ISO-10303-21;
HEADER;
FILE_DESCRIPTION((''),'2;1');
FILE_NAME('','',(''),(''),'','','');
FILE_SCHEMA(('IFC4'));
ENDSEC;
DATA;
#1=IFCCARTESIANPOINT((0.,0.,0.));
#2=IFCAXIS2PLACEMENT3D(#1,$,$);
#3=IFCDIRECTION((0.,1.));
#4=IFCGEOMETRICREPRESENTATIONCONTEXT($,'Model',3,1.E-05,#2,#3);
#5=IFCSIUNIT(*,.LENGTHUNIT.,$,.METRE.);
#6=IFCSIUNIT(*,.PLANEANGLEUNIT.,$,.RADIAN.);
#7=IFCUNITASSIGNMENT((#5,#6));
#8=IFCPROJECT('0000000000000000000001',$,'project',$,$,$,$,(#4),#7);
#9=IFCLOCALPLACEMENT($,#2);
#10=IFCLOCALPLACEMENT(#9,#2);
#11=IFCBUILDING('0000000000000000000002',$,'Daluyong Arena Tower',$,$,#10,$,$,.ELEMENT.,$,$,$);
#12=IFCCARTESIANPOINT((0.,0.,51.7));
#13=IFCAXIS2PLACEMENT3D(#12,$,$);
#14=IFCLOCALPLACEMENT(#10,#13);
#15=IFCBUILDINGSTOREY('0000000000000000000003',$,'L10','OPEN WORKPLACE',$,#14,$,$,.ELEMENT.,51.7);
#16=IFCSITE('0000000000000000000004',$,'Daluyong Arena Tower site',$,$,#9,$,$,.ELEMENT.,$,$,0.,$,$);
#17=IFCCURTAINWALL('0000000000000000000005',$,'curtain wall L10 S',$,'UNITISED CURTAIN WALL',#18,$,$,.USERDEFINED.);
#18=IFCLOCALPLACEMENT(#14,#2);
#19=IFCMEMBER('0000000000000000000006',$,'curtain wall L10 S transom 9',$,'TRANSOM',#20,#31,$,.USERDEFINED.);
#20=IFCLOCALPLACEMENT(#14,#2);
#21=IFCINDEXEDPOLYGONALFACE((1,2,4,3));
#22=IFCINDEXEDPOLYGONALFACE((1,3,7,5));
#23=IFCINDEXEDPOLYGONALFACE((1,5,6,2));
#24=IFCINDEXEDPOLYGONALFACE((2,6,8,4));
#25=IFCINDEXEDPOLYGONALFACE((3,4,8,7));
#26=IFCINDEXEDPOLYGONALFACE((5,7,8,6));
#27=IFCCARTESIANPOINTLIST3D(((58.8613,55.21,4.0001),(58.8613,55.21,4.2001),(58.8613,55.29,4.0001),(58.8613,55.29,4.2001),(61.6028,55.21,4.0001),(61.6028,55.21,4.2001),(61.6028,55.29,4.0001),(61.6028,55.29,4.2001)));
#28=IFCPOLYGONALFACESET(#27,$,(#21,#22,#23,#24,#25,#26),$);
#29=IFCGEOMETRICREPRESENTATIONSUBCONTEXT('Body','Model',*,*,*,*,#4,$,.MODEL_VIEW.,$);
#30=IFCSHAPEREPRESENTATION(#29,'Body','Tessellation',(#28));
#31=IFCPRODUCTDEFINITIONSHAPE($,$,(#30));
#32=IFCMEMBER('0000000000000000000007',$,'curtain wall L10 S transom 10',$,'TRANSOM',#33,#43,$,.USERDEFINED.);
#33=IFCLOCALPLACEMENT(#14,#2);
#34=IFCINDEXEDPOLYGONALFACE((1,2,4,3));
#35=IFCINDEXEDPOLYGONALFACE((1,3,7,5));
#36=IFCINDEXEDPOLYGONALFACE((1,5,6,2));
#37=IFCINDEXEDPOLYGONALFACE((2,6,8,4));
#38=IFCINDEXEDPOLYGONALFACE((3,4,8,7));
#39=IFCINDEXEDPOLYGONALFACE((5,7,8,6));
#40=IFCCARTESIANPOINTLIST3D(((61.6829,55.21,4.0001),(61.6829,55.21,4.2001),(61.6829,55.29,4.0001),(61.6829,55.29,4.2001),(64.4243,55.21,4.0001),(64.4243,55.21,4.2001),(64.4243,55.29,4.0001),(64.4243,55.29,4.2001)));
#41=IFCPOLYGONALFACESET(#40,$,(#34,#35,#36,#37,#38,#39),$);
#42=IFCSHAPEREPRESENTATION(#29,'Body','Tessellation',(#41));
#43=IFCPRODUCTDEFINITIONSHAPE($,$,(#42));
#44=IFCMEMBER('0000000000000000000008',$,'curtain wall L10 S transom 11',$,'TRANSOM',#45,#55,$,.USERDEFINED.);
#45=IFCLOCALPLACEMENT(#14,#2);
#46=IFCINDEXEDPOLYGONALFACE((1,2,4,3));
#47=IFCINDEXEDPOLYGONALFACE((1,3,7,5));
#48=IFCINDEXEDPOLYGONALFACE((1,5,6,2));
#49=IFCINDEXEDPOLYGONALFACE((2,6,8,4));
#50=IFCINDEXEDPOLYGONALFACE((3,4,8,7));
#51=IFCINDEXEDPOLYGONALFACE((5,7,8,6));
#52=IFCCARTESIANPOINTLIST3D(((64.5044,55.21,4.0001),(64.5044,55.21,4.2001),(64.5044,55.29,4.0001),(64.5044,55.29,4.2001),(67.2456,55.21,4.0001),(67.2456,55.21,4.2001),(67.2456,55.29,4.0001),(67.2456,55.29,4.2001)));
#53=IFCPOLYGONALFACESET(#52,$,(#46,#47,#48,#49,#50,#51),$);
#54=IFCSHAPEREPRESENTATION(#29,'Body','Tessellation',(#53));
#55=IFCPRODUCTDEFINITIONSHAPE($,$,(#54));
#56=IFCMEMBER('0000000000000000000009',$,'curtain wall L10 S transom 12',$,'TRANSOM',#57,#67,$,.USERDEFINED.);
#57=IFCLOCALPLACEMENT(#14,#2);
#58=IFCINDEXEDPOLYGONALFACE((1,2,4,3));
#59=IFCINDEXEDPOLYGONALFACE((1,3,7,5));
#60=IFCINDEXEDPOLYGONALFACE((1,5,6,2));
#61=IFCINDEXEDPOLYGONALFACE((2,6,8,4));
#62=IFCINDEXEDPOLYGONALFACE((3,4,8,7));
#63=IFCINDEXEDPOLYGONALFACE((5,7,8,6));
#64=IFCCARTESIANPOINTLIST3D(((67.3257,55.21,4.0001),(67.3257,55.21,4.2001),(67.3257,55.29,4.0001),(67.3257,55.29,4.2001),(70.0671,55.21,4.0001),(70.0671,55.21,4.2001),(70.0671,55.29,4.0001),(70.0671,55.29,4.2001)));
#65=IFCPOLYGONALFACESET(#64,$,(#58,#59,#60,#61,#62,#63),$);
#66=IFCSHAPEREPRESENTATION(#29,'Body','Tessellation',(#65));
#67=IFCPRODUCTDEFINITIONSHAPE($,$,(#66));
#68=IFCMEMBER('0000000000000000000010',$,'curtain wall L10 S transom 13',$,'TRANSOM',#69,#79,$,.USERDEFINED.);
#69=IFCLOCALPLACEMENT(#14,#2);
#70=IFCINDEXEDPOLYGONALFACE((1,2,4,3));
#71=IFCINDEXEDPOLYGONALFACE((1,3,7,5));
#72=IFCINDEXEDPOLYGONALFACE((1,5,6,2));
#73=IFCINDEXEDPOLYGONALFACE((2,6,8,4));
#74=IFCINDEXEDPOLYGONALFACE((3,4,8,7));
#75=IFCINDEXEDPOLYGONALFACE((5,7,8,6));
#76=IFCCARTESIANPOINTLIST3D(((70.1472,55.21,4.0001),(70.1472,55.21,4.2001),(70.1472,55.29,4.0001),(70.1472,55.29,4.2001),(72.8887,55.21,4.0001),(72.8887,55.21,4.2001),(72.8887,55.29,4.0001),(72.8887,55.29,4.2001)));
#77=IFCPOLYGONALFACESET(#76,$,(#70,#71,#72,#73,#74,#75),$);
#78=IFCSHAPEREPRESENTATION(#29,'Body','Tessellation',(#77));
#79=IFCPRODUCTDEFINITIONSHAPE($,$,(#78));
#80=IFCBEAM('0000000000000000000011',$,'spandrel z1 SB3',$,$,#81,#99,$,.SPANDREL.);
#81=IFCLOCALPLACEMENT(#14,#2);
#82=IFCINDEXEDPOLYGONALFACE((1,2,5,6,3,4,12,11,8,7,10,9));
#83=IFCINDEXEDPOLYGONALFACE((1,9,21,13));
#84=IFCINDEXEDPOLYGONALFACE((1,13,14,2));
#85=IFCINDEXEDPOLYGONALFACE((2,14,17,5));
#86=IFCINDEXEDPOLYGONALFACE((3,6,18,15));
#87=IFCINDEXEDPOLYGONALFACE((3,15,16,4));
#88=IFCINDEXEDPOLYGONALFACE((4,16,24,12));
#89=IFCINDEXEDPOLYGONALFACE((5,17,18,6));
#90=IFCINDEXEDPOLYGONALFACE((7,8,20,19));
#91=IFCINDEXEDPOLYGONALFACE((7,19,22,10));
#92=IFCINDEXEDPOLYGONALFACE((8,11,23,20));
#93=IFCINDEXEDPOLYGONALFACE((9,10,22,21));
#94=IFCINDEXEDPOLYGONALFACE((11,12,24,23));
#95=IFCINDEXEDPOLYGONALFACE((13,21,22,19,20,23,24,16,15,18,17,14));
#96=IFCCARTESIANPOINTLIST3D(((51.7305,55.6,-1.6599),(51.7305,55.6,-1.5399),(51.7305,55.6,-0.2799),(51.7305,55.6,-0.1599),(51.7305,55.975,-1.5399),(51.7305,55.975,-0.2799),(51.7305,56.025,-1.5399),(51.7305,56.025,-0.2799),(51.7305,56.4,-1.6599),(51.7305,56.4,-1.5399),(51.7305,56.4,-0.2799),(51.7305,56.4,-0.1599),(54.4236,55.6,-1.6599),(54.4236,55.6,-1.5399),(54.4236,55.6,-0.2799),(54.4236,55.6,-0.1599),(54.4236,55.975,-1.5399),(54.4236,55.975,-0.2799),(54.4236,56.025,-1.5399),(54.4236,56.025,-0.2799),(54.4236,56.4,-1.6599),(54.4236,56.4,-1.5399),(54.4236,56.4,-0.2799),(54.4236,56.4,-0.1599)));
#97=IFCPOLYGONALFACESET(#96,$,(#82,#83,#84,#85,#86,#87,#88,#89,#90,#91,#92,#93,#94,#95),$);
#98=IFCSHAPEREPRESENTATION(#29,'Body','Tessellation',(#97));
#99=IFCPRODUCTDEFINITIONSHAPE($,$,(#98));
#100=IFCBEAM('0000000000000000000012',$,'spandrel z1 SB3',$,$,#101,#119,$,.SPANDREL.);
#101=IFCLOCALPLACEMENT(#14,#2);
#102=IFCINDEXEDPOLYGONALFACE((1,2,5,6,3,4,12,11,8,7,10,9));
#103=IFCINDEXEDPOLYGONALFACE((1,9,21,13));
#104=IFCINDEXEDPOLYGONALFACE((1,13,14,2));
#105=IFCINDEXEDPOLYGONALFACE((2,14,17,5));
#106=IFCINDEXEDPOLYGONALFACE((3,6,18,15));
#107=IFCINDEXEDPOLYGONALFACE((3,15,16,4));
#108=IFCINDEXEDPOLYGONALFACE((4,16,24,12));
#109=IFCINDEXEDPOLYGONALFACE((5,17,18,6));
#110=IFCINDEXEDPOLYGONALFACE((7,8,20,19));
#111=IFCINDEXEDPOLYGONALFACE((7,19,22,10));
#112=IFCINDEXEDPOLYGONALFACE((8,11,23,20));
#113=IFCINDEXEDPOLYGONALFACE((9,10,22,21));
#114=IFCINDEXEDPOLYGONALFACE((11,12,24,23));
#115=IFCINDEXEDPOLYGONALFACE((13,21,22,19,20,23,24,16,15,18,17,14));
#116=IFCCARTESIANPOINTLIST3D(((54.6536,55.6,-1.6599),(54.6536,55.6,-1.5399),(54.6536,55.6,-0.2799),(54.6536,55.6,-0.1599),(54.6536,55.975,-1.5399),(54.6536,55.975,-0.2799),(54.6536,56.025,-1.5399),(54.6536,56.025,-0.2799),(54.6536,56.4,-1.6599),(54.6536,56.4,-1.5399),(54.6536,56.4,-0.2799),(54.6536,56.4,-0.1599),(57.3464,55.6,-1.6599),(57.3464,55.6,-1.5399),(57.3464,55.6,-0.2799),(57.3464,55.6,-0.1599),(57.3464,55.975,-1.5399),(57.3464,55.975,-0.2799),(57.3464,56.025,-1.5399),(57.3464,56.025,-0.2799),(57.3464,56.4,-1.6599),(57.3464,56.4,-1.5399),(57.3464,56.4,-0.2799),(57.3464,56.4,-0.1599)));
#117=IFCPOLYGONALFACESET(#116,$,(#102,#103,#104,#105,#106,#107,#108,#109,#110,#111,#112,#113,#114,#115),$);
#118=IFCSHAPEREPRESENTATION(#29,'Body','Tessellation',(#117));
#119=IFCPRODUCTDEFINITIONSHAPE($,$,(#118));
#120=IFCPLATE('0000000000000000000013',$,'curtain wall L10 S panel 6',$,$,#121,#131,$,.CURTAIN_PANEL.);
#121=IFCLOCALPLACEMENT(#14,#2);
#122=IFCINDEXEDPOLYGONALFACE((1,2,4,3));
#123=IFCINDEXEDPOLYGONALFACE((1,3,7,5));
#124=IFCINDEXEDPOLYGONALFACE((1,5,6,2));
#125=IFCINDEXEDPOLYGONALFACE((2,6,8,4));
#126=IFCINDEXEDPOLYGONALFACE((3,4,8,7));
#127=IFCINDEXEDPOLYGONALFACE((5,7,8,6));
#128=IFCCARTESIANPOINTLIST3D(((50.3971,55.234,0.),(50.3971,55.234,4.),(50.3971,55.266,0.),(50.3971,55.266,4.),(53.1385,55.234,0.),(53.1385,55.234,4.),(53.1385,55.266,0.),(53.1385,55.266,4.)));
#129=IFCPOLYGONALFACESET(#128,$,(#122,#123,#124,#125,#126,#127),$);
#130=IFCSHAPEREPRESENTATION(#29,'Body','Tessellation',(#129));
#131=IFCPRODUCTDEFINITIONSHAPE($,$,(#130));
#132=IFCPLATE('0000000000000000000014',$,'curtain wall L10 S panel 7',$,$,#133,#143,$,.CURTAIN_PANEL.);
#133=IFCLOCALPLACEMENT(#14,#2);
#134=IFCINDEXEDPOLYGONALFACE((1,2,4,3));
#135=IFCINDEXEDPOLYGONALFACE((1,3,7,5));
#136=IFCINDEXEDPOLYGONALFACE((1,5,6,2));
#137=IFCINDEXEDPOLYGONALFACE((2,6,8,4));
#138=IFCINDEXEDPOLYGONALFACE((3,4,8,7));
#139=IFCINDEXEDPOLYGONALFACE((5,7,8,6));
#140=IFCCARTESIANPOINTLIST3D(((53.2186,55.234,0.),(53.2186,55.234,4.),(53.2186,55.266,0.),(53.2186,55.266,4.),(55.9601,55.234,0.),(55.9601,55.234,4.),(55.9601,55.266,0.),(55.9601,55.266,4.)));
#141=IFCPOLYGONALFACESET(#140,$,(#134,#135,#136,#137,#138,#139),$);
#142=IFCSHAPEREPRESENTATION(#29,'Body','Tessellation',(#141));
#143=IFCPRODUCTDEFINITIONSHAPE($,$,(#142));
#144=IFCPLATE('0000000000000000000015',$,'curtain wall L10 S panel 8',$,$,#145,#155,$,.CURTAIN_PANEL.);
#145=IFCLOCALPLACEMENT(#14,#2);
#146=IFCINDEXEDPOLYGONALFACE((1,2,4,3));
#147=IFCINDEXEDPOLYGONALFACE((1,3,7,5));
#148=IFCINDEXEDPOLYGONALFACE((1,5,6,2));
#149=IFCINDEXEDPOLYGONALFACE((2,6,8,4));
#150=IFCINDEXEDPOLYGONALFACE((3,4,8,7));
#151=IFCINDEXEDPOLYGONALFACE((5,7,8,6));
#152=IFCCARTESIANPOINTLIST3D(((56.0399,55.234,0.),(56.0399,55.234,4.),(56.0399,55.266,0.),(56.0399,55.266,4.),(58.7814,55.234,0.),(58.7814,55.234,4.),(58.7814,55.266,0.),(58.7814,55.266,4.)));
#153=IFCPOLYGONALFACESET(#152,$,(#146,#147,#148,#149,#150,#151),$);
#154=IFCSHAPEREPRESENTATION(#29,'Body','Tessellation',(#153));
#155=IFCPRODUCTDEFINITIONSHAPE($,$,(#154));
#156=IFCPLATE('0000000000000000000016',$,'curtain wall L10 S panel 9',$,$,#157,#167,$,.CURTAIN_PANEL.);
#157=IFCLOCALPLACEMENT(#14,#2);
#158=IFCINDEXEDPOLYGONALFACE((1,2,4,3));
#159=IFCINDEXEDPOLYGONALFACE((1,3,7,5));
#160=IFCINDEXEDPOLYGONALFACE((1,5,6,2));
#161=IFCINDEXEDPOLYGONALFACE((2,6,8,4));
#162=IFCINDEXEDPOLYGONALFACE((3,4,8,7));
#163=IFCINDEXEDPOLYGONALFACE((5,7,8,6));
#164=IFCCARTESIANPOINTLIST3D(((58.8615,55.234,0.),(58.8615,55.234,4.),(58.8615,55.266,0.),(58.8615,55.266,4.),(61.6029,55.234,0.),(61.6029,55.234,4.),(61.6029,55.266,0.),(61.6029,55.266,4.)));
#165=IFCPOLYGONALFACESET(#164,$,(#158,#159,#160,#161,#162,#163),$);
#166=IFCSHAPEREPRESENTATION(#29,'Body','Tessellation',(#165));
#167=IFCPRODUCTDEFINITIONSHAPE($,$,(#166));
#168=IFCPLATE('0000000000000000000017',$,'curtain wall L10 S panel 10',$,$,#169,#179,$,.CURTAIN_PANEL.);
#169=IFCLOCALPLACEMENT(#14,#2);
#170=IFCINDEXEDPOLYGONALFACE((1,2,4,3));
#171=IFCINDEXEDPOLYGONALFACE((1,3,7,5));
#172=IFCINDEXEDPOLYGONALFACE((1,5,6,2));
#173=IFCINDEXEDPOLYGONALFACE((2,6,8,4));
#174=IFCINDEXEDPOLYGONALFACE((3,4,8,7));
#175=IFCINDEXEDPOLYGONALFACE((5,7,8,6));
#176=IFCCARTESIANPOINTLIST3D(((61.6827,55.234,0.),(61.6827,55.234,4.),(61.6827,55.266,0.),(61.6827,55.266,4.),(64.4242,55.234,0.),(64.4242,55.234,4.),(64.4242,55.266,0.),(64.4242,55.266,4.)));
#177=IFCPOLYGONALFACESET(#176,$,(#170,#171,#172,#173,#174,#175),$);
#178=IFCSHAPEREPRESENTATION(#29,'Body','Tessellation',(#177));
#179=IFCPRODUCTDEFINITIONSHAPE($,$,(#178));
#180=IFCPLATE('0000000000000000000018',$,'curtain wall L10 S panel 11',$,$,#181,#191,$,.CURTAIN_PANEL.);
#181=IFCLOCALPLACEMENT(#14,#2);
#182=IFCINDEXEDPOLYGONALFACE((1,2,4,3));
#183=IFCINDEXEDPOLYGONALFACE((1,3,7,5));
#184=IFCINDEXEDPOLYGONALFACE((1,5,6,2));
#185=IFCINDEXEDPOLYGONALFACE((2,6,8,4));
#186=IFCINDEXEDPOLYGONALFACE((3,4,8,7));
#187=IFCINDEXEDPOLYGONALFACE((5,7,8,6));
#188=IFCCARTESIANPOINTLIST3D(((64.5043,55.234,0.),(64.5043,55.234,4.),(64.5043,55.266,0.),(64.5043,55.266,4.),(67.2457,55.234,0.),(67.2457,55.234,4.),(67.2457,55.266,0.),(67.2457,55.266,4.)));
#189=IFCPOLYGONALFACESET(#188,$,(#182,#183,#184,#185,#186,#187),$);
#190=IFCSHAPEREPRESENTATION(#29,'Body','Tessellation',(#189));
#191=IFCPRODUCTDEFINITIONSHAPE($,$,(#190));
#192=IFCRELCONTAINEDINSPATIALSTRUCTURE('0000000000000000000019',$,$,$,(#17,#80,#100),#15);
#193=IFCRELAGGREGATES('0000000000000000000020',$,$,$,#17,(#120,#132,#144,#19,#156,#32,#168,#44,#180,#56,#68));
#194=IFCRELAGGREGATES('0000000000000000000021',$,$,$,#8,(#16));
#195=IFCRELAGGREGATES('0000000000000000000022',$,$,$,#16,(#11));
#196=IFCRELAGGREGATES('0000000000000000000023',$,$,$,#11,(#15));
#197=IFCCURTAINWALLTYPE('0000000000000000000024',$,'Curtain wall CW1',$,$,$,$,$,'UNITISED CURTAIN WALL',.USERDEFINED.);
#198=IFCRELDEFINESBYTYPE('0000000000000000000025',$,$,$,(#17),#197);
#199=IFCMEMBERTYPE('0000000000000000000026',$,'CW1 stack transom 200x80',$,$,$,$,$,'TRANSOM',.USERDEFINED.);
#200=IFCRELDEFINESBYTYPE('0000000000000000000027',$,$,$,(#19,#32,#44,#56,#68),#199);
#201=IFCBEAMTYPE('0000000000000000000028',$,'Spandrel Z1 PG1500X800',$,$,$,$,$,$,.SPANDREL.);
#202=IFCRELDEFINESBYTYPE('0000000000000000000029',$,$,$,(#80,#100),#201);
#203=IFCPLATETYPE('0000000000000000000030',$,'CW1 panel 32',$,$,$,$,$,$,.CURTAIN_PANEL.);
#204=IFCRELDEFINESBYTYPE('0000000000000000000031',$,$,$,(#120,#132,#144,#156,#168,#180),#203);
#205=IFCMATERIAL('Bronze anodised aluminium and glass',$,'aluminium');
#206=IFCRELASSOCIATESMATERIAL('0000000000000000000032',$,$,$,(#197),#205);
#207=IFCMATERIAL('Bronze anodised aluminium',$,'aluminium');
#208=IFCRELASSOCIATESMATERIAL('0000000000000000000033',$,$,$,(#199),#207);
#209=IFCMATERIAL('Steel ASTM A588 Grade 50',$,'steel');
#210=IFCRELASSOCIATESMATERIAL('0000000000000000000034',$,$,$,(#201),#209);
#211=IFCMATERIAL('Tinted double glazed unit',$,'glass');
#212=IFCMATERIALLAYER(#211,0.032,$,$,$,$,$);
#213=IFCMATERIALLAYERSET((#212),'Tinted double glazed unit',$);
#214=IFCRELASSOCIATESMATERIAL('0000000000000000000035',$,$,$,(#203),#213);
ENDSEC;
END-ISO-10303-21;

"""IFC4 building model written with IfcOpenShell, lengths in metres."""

from ifc_helpers import new_model, si_unit, direction, frame, origin, origin_2d, place, context, subcontext, project, spatial, rectangle, i_section, extrude, material, layer, layer_set, material_profile, profile_set, type_object, element, aggregate, save


model = new_model("IFC4")

# Units and contexts
model_context = context("Model", 3, precision=1e-05, world=origin(), true_north=direction((0.0, 1.0)))
body_context = subcontext(model_context, "Body", "Model", "MODEL_VIEW")
ifc_project = project(units=[si_unit("LENGTHUNIT", "METRE"), si_unit("PLANEANGLEUNIT", "RADIAN")], contexts=[model_context])

# Site, building, storey
site_placement = place(None, origin())
site = spatial("IfcSite", under=ifc_project, at=site_placement, Name="Daluyong Arena Tower site", CompositionType="ELEMENT", RefElevation=0.0)
building_placement = place(site_placement, origin())
building = spatial("IfcBuilding", under=site, at=building_placement, Name="Daluyong Arena Tower", CompositionType="ELEMENT")
storey_placement = place(building_placement, frame((0.0, 0.0, 51.7)))
storey = spatial("IfcBuildingStorey", under=building, at=storey_placement, Name="L10", Description="OPEN WORKPLACE", CompositionType="ELEMENT", Elevation=51.7)

# Curtain wall, members
ifc_material_1 = material(Name="Bronze anodised aluminium and glass", Category="aluminium")
curtain_wall_type = type_object("IfcCurtainWallType", Name="Curtain wall CW1", ElementType="UNITISED CURTAIN WALL", PredefinedType="USERDEFINED", material=ifc_material_1)
curtain_wall_placement = place(storey_placement, origin())
curtain_wall = element("IfcCurtainWall", 1, at=curtain_wall_placement, inside=storey, type_object=curtain_wall_type, Name="curtain wall L10 S", ObjectType="UNITISED CURTAIN WALL", PredefinedType="USERDEFINED")
ifc_material_2 = material(Name="Bronze anodised aluminium", Category="aluminium")
ifc_material_profile_1 = material_profile(ifc_material_2, rectangle(XDim=0.0801, YDim=0.2, at=origin_2d()))
ifc_profile_set_1 = profile_set([ifc_material_profile_1], Name="Bronze anodised aluminium")
member_type_1 = type_object("IfcMemberType", Name="CW1 stack transom 200x80", ElementType="TRANSOM", PredefinedType="USERDEFINED", material=ifc_profile_set_1)
member_1_placement = place(storey_placement, frame((58.8613, 55.25, 4.1001), z_axis=(1.0, 0.0, 0.0), x_axis=(0.0, 1.0, 0.0)))
member_1 = element("IfcMember", 2, at=member_1_placement, type_object=member_type_1, Name="curtain wall L10 S transom 9", ObjectType="TRANSOM", PredefinedType="USERDEFINED", context=body_context, shape_type="SweptSolid", body=[
    extrude(rectangle(XDim=0.0801, YDim=0.2, at=origin_2d()), origin(), (0.0, 0.0, 1.0), 2.7415),
])
member_2_placement = place(storey_placement, frame((61.6829, 55.25, 4.1001), z_axis=(1.0, 0.0, 0.0), x_axis=(0.0, 1.0, 0.0)))
member_2 = element("IfcMember", 3, at=member_2_placement, type_object=member_type_1, Name="curtain wall L10 S transom 10", ObjectType="TRANSOM", PredefinedType="USERDEFINED", context=body_context, shape_type="SweptSolid", body=[
    extrude(rectangle(XDim=0.0801, YDim=0.2, at=origin_2d()), origin(), (0.0, 0.0, 1.0), 2.7415),
])
member_3_placement = place(storey_placement, frame((64.5044, 55.25, 4.1001), z_axis=(1.0, 0.0, 0.0), x_axis=(0.0, 1.0, 0.0)))
member_3 = element("IfcMember", 4, at=member_3_placement, type_object=member_type_1, Name="curtain wall L10 S transom 11", ObjectType="TRANSOM", PredefinedType="USERDEFINED", context=body_context, shape_type="SweptSolid", body=[
    extrude(rectangle(XDim=0.0801, YDim=0.2, at=origin_2d()), origin(), (0.0, 0.0, 1.0), 2.7412),
])
member_4_placement = place(storey_placement, frame((67.3257, 55.25, 4.1001), z_axis=(1.0, 0.0, 0.0), x_axis=(0.0, 1.0, 0.0)))
member_4 = element("IfcMember", 5, at=member_4_placement, type_object=member_type_1, Name="curtain wall L10 S transom 12", ObjectType="TRANSOM", PredefinedType="USERDEFINED", context=body_context, shape_type="SweptSolid", body=[
    extrude(rectangle(XDim=0.0801, YDim=0.2, at=origin_2d()), origin(), (0.0, 0.0, 1.0), 2.7415),
])
member_5_placement = place(storey_placement, frame((70.1472, 55.25, 4.1001), z_axis=(1.0, 0.0, 0.0), x_axis=(0.0, 1.0, 0.0)))
member_5 = element("IfcMember", 6, at=member_5_placement, type_object=member_type_1, Name="curtain wall L10 S transom 13", ObjectType="TRANSOM", PredefinedType="USERDEFINED", context=body_context, shape_type="SweptSolid", body=[
    extrude(rectangle(XDim=0.0801, YDim=0.2, at=origin_2d()), origin(), (0.0, 0.0, 1.0), 2.7415),
])

# Beams
ifc_material_3 = material(Name="Steel ASTM A588 Grade 50", Category="steel")
ifc_material_profile_2 = material_profile(ifc_material_3, i_section(OverallWidth=0.8, OverallDepth=1.5, WebThickness=0.05, FlangeThickness=0.12, at=origin_2d()))
ifc_profile_set_2 = profile_set([ifc_material_profile_2], Name="Steel ASTM A588 Grade 50")
beam_type = type_object("IfcBeamType", Name="Spandrel Z1 PG1500X800", PredefinedType="SPANDREL", material=ifc_profile_set_2)
beam_1_placement = place(storey_placement, frame((51.7305, 56.0, -0.9099), z_axis=(1.0, 0.0, 0.0), x_axis=(0.0, 1.0, 0.0)))
element("IfcBeam", 7, at=beam_1_placement, inside=storey, type_object=beam_type, Name="spandrel z1 SB3", PredefinedType="SPANDREL", context=body_context, shape_type="SweptSolid", body=[
    extrude(i_section(OverallWidth=0.8, OverallDepth=1.5, WebThickness=0.05, FlangeThickness=0.12, at=origin_2d()), origin(), (0.0, 0.0, 1.0), 2.6931),
])
beam_2_placement = place(storey_placement, frame((54.6536, 56.0, -0.9099), z_axis=(1.0, 0.0, 0.0), x_axis=(0.0, 1.0, 0.0)))
element("IfcBeam", 8, at=beam_2_placement, inside=storey, type_object=beam_type, Name="spandrel z1 SB3", PredefinedType="SPANDREL", context=body_context, shape_type="SweptSolid", body=[
    extrude(i_section(OverallWidth=0.8, OverallDepth=1.5, WebThickness=0.05, FlangeThickness=0.12, at=origin_2d()), origin(), (0.0, 0.0, 1.0), 2.6929),
])

# Plates
ifc_material_4 = material(Name="Tinted double glazed unit", Category="glass")
ifc_layer_1 = layer(ifc_material_4, 0.032)
ifc_layer_set_1 = layer_set([ifc_layer_1], Name="Tinted double glazed unit")
plate_type = type_object("IfcPlateType", Name="CW1 panel 32", PredefinedType="CURTAIN_PANEL", material=ifc_layer_set_1)
plate_1_placement = place(storey_placement, frame((51.7678, 55.25, 0.0), z_axis=(0.0, 0.0, 1.0), x_axis=(1.0, 0.0, 0.0)))
plate_1 = element("IfcPlate", 9, at=plate_1_placement, type_object=plate_type, Name="curtain wall L10 S panel 6", PredefinedType="CURTAIN_PANEL", context=body_context, shape_type="SweptSolid", body=[
    extrude(rectangle(XDim=2.7415, YDim=0.032, at=origin_2d()), origin(), (0.0, 0.0, 1.0), 4.0),
])
plate_2_placement = place(storey_placement, frame((54.5894, 55.25, 0.0), z_axis=(0.0, 0.0, 1.0), x_axis=(1.0, 0.0, 0.0)))
plate_2 = element("IfcPlate", 10, at=plate_2_placement, type_object=plate_type, Name="curtain wall L10 S panel 7", PredefinedType="CURTAIN_PANEL", context=body_context, shape_type="SweptSolid", body=[
    extrude(rectangle(XDim=2.7415, YDim=0.032, at=origin_2d()), origin(), (0.0, 0.0, 1.0), 4.0),
])
plate_3_placement = place(storey_placement, frame((57.4106, 55.25, 0.0), z_axis=(0.0, 0.0, 1.0), x_axis=(1.0, 0.0, 0.0)))
plate_3 = element("IfcPlate", 11, at=plate_3_placement, type_object=plate_type, Name="curtain wall L10 S panel 8", PredefinedType="CURTAIN_PANEL", context=body_context, shape_type="SweptSolid", body=[
    extrude(rectangle(XDim=2.7415, YDim=0.032, at=origin_2d()), origin(), (0.0, 0.0, 1.0), 4.0),
])
plate_4_placement = place(storey_placement, frame((60.2322, 55.25, 0.0), z_axis=(0.0, 0.0, 1.0), x_axis=(1.0, 0.0, 0.0)))
plate_4 = element("IfcPlate", 12, at=plate_4_placement, type_object=plate_type, Name="curtain wall L10 S panel 9", PredefinedType="CURTAIN_PANEL", context=body_context, shape_type="SweptSolid", body=[
    extrude(rectangle(XDim=2.7415, YDim=0.032, at=origin_2d()), origin(), (0.0, 0.0, 1.0), 4.0),
])
plate_5_placement = place(storey_placement, frame((63.0535, 55.25, 0.0), z_axis=(0.0, 0.0, 1.0), x_axis=(1.0, 0.0, 0.0)))
plate_5 = element("IfcPlate", 13, at=plate_5_placement, type_object=plate_type, Name="curtain wall L10 S panel 10", PredefinedType="CURTAIN_PANEL", context=body_context, shape_type="SweptSolid", body=[
    extrude(rectangle(XDim=2.7415, YDim=0.032, at=origin_2d()), origin(), (0.0, 0.0, 1.0), 4.0),
])
plate_6_placement = place(storey_placement, frame((65.875, 55.25, 0.0), z_axis=(0.0, 0.0, 1.0), x_axis=(1.0, 0.0, 0.0)))
plate_6 = element("IfcPlate", 14, at=plate_6_placement, type_object=plate_type, Name="curtain wall L10 S panel 11", PredefinedType="CURTAIN_PANEL", context=body_context, shape_type="SweptSolid", body=[
    extrude(rectangle(XDim=2.7415, YDim=0.032, at=origin_2d()), origin(), (0.0, 0.0, 1.0), 4.0),
])
aggregate(curtain_wall, [plate_1, plate_2, plate_3, member_1, plate_4, member_2, plate_5, member_3, plate_6, member_4, member_5])

save(model, "model.ifc")
